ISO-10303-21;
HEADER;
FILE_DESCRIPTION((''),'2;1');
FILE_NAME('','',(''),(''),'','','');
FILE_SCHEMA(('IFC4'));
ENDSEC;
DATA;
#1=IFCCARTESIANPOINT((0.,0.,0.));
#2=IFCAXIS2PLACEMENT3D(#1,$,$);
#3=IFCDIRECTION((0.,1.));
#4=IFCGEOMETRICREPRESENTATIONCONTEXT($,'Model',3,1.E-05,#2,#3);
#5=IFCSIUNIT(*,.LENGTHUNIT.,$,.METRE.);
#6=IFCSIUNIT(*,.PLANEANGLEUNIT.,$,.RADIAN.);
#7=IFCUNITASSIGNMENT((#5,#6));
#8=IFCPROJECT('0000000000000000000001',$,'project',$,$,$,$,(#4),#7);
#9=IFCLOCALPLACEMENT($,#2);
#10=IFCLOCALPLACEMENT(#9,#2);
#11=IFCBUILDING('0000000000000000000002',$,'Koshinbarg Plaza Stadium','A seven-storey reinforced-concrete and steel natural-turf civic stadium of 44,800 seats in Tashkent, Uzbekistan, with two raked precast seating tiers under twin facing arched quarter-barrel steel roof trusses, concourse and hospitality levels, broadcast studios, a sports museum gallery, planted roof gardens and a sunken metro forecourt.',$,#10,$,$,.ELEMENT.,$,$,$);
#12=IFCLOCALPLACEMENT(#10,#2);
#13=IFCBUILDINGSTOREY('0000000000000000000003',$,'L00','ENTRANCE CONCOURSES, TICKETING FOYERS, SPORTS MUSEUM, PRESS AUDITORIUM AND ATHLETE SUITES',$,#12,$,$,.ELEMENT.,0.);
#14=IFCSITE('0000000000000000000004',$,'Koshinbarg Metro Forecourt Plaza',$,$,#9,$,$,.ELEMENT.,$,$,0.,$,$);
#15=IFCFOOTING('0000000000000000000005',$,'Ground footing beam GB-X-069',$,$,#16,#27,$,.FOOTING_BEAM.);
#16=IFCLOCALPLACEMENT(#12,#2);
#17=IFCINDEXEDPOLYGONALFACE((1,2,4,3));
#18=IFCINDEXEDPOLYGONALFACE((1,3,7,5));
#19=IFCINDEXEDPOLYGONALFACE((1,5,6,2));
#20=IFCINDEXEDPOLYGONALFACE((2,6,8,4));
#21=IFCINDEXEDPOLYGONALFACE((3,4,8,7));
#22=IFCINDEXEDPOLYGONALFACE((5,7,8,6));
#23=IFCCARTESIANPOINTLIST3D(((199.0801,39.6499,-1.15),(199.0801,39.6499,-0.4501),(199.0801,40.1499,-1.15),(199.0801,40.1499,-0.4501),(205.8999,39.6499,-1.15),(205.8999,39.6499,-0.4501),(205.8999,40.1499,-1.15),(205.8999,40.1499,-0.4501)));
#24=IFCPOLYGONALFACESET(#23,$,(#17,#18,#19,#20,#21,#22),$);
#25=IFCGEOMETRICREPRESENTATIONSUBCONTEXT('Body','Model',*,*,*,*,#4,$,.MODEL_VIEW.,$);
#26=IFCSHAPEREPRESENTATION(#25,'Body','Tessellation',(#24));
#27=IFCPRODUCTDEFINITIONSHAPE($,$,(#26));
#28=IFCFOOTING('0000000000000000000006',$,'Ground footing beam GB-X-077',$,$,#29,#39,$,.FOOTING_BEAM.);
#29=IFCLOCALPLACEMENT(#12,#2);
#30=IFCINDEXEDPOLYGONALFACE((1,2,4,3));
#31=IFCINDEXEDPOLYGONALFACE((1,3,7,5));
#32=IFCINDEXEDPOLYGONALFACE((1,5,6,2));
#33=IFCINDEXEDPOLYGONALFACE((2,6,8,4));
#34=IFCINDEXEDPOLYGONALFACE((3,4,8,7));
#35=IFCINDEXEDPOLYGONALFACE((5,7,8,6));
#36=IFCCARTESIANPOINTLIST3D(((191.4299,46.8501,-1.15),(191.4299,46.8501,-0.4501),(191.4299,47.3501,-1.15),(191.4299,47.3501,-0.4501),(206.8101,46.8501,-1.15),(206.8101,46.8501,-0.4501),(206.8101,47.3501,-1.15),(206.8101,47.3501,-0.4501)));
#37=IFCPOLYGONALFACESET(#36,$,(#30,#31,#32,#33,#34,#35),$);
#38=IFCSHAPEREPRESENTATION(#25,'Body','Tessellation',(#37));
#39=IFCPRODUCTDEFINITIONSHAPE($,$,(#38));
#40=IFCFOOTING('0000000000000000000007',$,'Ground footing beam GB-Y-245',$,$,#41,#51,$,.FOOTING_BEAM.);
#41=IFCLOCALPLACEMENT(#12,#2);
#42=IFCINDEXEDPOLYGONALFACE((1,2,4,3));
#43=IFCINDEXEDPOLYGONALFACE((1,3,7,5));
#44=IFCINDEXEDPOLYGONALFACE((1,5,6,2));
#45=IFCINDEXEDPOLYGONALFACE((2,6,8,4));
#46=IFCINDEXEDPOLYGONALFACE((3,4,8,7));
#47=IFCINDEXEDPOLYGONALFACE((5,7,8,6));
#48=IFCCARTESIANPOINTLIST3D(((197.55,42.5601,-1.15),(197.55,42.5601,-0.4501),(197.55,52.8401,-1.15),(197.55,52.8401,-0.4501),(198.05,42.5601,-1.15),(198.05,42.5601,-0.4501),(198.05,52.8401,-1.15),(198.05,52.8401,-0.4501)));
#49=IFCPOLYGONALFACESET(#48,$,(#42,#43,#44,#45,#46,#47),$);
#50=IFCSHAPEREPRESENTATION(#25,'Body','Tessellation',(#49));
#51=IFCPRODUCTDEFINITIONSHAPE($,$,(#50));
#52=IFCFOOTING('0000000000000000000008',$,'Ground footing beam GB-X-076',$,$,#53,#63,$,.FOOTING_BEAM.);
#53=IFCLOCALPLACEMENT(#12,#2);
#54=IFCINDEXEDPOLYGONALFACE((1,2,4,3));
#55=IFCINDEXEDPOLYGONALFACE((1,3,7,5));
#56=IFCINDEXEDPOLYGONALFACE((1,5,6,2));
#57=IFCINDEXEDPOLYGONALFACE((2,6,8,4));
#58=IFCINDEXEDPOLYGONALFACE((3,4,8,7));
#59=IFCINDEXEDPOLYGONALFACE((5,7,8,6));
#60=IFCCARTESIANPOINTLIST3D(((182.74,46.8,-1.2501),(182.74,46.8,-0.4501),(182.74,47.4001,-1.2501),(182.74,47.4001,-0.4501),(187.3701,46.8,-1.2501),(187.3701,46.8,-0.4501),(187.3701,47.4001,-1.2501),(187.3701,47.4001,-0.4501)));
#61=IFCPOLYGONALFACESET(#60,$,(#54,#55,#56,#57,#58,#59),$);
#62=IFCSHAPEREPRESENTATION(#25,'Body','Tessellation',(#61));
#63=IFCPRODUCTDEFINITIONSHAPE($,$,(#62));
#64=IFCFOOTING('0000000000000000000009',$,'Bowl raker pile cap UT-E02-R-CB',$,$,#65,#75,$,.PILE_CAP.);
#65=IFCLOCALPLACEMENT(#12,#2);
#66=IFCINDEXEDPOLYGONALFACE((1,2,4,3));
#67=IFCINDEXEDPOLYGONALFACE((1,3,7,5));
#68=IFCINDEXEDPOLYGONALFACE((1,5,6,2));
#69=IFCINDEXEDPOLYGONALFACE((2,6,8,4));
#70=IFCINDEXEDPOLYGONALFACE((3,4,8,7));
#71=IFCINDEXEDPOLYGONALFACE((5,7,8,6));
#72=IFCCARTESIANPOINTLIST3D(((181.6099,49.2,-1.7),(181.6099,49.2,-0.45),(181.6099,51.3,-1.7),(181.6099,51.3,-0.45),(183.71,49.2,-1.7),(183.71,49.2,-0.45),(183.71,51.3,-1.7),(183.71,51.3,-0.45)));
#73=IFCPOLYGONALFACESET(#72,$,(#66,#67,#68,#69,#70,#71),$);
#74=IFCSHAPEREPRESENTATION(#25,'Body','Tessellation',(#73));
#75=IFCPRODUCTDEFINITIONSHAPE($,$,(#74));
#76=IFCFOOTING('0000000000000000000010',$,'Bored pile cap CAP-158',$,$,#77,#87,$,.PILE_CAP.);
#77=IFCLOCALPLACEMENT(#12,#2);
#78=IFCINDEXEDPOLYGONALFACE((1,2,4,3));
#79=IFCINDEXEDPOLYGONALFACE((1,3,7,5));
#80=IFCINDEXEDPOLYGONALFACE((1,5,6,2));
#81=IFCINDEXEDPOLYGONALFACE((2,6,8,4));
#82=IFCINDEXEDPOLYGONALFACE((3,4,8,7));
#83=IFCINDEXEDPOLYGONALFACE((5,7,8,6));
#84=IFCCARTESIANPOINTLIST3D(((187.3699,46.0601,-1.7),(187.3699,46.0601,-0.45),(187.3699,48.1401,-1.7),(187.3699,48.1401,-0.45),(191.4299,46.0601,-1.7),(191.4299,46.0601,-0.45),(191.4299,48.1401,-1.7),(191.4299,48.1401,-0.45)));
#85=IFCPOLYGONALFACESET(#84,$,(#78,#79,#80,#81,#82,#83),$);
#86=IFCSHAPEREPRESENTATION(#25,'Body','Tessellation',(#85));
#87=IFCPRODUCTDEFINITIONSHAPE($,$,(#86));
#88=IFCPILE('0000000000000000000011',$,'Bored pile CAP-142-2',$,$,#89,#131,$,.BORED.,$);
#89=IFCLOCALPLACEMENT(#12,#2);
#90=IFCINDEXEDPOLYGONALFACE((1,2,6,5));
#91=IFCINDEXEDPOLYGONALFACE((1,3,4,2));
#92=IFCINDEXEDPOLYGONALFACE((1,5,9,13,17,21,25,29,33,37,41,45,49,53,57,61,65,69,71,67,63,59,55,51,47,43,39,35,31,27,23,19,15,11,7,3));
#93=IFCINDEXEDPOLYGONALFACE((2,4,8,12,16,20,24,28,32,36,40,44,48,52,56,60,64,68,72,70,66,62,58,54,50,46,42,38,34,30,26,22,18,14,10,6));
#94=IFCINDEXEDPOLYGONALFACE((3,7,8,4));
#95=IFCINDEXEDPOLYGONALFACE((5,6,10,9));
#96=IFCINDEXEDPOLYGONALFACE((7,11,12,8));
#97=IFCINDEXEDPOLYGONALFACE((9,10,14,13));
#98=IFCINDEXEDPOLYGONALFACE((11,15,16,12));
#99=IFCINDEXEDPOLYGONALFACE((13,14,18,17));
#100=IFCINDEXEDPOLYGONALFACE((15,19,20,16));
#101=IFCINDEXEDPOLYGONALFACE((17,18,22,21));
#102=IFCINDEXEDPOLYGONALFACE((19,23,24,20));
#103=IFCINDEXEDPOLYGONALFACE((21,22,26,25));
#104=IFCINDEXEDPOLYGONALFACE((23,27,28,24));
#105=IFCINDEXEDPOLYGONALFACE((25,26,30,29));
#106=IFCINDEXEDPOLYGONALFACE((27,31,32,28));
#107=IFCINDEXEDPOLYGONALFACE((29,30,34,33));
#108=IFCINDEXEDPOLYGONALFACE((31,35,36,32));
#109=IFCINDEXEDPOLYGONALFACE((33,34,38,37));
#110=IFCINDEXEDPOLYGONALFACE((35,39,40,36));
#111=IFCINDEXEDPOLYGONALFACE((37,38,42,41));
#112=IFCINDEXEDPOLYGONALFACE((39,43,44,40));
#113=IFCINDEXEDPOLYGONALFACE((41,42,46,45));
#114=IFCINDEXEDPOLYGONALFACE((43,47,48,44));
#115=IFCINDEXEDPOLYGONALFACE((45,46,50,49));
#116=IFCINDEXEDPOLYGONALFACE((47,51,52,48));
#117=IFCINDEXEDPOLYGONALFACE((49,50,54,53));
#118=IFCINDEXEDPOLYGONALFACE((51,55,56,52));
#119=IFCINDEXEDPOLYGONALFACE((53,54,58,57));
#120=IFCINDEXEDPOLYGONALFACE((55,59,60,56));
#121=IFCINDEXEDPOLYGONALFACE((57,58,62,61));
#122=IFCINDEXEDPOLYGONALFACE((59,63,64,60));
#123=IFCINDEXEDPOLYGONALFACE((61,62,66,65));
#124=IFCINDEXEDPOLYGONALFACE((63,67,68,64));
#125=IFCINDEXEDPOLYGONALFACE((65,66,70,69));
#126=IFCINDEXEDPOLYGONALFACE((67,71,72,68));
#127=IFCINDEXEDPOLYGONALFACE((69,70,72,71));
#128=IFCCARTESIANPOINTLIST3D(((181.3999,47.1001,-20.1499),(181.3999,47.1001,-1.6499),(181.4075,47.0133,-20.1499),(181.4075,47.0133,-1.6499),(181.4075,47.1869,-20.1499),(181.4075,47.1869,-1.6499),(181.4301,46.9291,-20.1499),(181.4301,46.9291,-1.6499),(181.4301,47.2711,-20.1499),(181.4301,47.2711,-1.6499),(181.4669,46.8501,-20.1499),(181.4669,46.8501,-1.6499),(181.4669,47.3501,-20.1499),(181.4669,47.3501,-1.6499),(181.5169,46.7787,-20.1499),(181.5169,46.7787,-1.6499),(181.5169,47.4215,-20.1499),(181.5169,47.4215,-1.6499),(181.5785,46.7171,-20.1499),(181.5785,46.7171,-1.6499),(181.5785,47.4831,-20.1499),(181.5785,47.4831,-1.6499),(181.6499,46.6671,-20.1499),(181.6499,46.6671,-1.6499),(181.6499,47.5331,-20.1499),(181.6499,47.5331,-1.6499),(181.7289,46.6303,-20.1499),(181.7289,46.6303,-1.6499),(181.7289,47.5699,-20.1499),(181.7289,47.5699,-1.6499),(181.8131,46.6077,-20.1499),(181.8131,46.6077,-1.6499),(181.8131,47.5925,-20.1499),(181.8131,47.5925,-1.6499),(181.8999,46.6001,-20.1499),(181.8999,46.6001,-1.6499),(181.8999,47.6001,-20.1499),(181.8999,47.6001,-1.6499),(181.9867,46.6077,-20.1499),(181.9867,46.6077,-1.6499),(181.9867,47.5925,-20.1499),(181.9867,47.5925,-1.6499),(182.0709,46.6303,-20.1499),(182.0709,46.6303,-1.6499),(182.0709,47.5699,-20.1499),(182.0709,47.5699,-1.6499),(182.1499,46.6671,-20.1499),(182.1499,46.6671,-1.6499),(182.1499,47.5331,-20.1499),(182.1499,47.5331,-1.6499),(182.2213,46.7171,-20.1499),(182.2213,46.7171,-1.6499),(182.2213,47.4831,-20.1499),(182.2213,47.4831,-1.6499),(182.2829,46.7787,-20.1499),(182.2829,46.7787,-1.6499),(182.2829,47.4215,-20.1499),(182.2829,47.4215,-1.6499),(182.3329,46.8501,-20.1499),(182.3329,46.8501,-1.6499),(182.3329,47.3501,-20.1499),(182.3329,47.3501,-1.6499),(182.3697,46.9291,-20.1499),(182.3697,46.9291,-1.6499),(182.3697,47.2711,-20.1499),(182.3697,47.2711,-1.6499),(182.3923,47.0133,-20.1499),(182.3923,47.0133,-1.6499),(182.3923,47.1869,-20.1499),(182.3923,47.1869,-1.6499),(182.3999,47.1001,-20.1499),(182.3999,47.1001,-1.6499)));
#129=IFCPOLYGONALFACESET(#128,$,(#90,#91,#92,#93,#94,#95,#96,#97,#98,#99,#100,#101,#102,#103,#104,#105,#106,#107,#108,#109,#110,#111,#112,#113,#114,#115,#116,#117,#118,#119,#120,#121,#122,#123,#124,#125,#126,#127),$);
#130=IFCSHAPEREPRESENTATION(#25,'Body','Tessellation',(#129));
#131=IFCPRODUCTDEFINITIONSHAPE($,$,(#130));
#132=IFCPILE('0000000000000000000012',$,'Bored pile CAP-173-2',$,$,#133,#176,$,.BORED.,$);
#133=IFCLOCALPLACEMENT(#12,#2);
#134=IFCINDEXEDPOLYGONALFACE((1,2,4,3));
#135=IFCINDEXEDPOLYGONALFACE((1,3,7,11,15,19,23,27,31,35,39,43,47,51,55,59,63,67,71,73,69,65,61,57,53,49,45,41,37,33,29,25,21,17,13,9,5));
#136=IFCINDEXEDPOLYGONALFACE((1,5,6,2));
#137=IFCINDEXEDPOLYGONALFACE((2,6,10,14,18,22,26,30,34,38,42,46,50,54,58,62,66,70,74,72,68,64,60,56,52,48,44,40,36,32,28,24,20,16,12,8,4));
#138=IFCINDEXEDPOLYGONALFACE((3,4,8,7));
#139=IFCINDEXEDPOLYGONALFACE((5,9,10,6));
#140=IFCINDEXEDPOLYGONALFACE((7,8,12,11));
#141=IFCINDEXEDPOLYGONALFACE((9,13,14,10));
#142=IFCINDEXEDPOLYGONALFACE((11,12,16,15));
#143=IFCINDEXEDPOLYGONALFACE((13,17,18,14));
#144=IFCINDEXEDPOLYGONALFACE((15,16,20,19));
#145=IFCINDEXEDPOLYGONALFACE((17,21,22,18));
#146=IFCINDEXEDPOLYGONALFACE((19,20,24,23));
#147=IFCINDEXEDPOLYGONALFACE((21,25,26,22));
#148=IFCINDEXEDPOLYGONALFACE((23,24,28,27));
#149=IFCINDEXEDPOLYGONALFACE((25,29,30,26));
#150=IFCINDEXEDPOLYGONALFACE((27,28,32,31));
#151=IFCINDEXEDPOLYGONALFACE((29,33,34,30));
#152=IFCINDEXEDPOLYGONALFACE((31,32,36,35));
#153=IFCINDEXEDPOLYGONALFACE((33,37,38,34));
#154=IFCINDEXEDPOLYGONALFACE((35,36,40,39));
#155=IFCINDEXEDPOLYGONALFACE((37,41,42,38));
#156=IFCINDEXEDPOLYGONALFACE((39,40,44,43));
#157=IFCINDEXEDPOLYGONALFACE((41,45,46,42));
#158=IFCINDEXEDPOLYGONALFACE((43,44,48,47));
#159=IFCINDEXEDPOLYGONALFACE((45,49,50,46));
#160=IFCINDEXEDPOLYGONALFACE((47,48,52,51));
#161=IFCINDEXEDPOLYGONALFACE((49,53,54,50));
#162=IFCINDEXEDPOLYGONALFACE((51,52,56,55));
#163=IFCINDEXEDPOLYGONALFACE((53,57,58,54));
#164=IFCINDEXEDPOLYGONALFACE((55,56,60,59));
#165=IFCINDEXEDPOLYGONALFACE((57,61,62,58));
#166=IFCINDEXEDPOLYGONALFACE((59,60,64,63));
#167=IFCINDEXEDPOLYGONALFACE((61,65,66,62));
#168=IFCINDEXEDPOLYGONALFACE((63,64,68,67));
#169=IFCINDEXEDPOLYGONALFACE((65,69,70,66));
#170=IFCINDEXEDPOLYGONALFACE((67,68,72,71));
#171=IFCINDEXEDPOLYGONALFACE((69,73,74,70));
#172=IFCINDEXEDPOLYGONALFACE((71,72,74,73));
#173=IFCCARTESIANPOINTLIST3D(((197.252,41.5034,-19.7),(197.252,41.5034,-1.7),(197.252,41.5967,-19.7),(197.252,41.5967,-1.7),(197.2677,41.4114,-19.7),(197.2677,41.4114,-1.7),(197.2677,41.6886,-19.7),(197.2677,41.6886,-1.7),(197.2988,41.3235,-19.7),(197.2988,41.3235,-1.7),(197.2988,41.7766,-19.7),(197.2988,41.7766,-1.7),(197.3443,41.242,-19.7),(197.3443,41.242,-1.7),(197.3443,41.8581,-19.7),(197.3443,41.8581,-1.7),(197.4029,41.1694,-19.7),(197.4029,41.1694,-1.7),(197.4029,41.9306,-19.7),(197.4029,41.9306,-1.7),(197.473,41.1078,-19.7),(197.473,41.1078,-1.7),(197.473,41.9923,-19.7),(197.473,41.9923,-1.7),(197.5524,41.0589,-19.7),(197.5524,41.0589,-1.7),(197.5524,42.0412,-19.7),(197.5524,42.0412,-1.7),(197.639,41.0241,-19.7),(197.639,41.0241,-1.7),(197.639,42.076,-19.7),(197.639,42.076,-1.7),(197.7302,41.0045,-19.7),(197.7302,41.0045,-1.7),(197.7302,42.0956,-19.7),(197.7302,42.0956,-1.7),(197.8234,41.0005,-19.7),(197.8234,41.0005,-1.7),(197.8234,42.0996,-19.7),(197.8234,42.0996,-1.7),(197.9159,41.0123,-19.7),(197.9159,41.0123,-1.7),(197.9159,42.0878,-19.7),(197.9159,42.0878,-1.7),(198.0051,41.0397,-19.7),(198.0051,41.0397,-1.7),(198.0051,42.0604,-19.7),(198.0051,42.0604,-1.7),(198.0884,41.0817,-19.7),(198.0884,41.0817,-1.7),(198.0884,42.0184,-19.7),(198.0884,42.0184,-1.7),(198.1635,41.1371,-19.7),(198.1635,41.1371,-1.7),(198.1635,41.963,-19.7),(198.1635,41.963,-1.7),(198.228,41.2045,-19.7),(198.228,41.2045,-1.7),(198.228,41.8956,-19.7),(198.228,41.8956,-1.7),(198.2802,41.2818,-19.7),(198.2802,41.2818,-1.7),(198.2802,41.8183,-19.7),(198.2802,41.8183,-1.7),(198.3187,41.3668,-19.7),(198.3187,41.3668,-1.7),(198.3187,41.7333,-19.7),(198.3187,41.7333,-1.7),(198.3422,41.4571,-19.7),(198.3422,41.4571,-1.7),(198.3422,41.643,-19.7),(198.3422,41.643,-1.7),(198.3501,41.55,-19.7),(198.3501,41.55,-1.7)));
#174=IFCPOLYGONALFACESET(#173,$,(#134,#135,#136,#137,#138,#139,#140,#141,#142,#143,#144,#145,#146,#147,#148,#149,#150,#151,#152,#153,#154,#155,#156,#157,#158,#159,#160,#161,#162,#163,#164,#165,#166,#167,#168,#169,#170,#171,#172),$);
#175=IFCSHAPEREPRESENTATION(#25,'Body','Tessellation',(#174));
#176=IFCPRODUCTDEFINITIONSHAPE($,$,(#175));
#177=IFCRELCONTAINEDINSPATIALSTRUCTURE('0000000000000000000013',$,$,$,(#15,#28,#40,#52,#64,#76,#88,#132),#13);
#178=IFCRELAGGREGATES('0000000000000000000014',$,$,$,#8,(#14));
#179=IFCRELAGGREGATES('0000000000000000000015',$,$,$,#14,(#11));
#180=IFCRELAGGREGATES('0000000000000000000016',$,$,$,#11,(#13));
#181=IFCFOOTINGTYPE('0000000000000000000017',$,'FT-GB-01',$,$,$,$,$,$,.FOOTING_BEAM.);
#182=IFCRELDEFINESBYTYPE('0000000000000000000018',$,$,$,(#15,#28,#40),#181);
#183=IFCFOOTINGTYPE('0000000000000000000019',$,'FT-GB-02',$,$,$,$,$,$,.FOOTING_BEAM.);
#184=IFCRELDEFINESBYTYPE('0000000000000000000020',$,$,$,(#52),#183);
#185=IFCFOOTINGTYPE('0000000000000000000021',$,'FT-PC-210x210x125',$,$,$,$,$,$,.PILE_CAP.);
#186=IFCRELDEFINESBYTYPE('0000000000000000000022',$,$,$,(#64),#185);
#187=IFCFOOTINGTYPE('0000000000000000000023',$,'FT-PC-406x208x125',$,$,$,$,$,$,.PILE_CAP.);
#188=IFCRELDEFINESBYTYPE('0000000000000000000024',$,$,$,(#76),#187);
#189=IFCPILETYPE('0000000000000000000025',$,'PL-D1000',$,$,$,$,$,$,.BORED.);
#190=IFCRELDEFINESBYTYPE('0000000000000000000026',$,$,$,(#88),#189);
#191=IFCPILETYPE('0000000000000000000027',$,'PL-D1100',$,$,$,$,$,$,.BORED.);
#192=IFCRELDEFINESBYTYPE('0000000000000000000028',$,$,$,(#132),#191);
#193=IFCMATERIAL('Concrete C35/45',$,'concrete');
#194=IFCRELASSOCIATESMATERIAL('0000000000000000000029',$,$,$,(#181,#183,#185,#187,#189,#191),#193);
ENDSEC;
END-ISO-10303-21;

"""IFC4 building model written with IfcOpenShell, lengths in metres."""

from ifc_helpers import new_model, si_unit, direction, frame, origin, origin_2d, place, context, subcontext, project, spatial, rectangle, circle, extrude, material, material_profile, profile_set, type_object, element, save


model = new_model("IFC4")

# Units and contexts
model_context = context("Model", 3, precision=1e-05, world=origin(), true_north=direction((0.0, 1.0)))
body_context = subcontext(model_context, "Body", "Model", "MODEL_VIEW")
ifc_project = project(units=[si_unit("LENGTHUNIT", "METRE"), si_unit("PLANEANGLEUNIT", "RADIAN")], contexts=[model_context])

# Site, building, storey
site_placement = place(None, origin())
site = spatial("IfcSite", under=ifc_project, at=site_placement, Name="Koshinbarg Metro Forecourt Plaza", CompositionType="ELEMENT", RefElevation=0.0)
building_placement = place(site_placement, origin())
building = spatial("IfcBuilding", under=site, at=building_placement, Name="Koshinbarg Plaza Stadium", Description="A seven-storey reinforced-concrete and steel natural-turf civic stadium of 44,800 seats in Tashkent, Uzbekistan, with two raked precast seating tiers under twin facing arched quarter-barrel steel roof trusses, concourse and hospitality levels, broadcast studios, a sports museum gallery, planted roof gardens and a sunken metro forecourt.", CompositionType="ELEMENT")
storey_placement = place(building_placement, origin())
storey = spatial("IfcBuildingStorey", under=building, at=storey_placement, Name="L00", Description="ENTRANCE CONCOURSES, TICKETING FOYERS, SPORTS MUSEUM, PRESS AUDITORIUM AND ATHLETE SUITES", CompositionType="ELEMENT", Elevation=0.0)

# Footings
ifc_material_1 = material(Name="Concrete C35/45", Category="concrete")
ifc_material_profile_1 = material_profile(ifc_material_1, rectangle(XDim=0.5, YDim=0.7, at=origin_2d()), Name="GB 500x700")
ifc_profile_set_1 = profile_set([ifc_material_profile_1], Name="Concrete C35/45")
footing_type_1 = type_object("IfcFootingType", Name="FT-GB-01", PredefinedType="FOOTING_BEAM", material=ifc_profile_set_1)
footing_1_placement = place(storey_placement, frame((199.0801, 39.8999, -0.8), z_axis=(1.0, 0.0, 0.0), x_axis=(0.0, 1.0, 0.0)))
element("IfcFooting", 1, at=footing_1_placement, inside=storey, type_object=footing_type_1, Name="Ground footing beam GB-X-069", PredefinedType="FOOTING_BEAM", context=body_context, shape_type="SweptSolid", body=[
    extrude(rectangle(XDim=0.5, YDim=0.7, at=origin_2d()), origin(), (0.0, 0.0, 1.0), 6.8198),
])
footing_2_placement = place(storey_placement, frame((191.4299, 47.1001, -0.8), z_axis=(1.0, 0.0, 0.0), x_axis=(0.0, 1.0, 0.0)))
element("IfcFooting", 2, at=footing_2_placement, inside=storey, type_object=footing_type_1, Name="Ground footing beam GB-X-077", PredefinedType="FOOTING_BEAM", context=body_context, shape_type="SweptSolid", body=[
    extrude(rectangle(XDim=0.5, YDim=0.7, at=origin_2d()), origin(), (0.0, 0.0, 1.0), 15.3801),
])
footing_3_placement = place(storey_placement, frame((197.8, 42.5601, -0.8), z_axis=(0.0, 1.0, 0.0), x_axis=(-1.0, 0.0, 0.0)))
element("IfcFooting", 3, at=footing_3_placement, inside=storey, type_object=footing_type_1, Name="Ground footing beam GB-Y-245", PredefinedType="FOOTING_BEAM", context=body_context, shape_type="SweptSolid", body=[
    extrude(rectangle(XDim=0.5, YDim=0.7, at=origin_2d()), origin(), (0.0, 0.0, 1.0), 10.28),
])
ifc_material_profile_2 = material_profile(ifc_material_1, rectangle(XDim=0.6001, YDim=0.8, at=origin_2d()), Name="GB 600x800")
ifc_profile_set_2 = profile_set([ifc_material_profile_2], Name="Concrete C35/45")
footing_type_2 = type_object("IfcFootingType", Name="FT-GB-02", PredefinedType="FOOTING_BEAM", material=ifc_profile_set_2)
footing_4_placement = place(storey_placement, frame((182.74, 47.1001, -0.8501), z_axis=(1.0, 0.0, 0.0), x_axis=(0.0, 1.0, 0.0)))
element("IfcFooting", 4, at=footing_4_placement, inside=storey, type_object=footing_type_2, Name="Ground footing beam GB-X-076", PredefinedType="FOOTING_BEAM", context=body_context, shape_type="SweptSolid", body=[
    extrude(rectangle(XDim=0.6001, YDim=0.8, at=origin_2d()), origin(), (0.0, 0.0, 1.0), 4.6301),
])
footing_type_3 = type_object("IfcFootingType", Name="FT-PC-210x210x125", PredefinedType="PILE_CAP", material=ifc_material_1)
footing_5_placement = place(storey_placement, frame((182.6599, 50.25, -1.7), z_axis=(0.0, 0.0, 1.0), x_axis=(1.0, 0.0, 0.0)))
element("IfcFooting", 5, at=footing_5_placement, inside=storey, type_object=footing_type_3, Name="Bowl raker pile cap UT-E02-R-CB", PredefinedType="PILE_CAP", context=body_context, shape_type="SweptSolid", body=[
    extrude(rectangle(XDim=2.1001, YDim=2.1001, at=origin_2d()), origin(), (0.0, 0.0, 1.0), 1.25),
])
footing_type_4 = type_object("IfcFootingType", Name="FT-PC-406x208x125", PredefinedType="PILE_CAP", material=ifc_material_1)
footing_6_placement = place(storey_placement, frame((189.3999, 47.1001, -1.7), z_axis=(0.0, 0.0, 1.0), x_axis=(1.0, 0.0, 0.0)))
element("IfcFooting", 6, at=footing_6_placement, inside=storey, type_object=footing_type_4, Name="Bored pile cap CAP-158", PredefinedType="PILE_CAP", context=body_context, shape_type="SweptSolid", body=[
    extrude(rectangle(XDim=4.0601, YDim=2.0801, at=origin_2d()), origin(), (0.0, 0.0, 1.0), 1.25),
])

# Piles
ifc_material_profile_3 = material_profile(ifc_material_1, circle(Radius=0.5, at=origin_2d()), Name="PILE D1000")
ifc_profile_set_3 = profile_set([ifc_material_profile_3], Name="Concrete C35/45")
pile_type_1 = type_object("IfcPileType", Name="PL-D1000", PredefinedType="BORED", material=ifc_profile_set_3)
pile_1_placement = place(storey_placement, frame((181.8999, 47.1001, -1.6499), z_axis=(0.0, 0.0, -1.0), x_axis=(1.0, 0.0, 0.0)))
element("IfcPile", 7, at=pile_1_placement, inside=storey, type_object=pile_type_1, Name="Bored pile CAP-142-2", PredefinedType="BORED", context=body_context, shape_type="SweptSolid", body=[
    extrude(circle(Radius=0.5, at=origin_2d()), origin(), (0.0, 0.0, 1.0), 18.5),
])
ifc_material_profile_4 = material_profile(ifc_material_1, circle(Radius=0.55, at=origin_2d()), Name="PILE D1100")
ifc_profile_set_4 = profile_set([ifc_material_profile_4], Name="Concrete C35/45")
pile_type_2 = type_object("IfcPileType", Name="PL-D1100", PredefinedType="BORED", material=ifc_profile_set_4)
pile_2_placement = place(storey_placement, frame((197.8, 41.55, -1.7), z_axis=(0.0, 0.0, -1.0), x_axis=(1.0, 0.0, 0.0)))
element("IfcPile", 8, at=pile_2_placement, inside=storey, type_object=pile_type_2, Name="Bored pile CAP-173-2", PredefinedType="BORED", context=body_context, shape_type="SweptSolid", body=[
    extrude(circle(Radius=0.55, at=origin_2d()), origin(), (0.0, 0.0, 1.0), 18.0),
])

save(model, "model.ifc")
